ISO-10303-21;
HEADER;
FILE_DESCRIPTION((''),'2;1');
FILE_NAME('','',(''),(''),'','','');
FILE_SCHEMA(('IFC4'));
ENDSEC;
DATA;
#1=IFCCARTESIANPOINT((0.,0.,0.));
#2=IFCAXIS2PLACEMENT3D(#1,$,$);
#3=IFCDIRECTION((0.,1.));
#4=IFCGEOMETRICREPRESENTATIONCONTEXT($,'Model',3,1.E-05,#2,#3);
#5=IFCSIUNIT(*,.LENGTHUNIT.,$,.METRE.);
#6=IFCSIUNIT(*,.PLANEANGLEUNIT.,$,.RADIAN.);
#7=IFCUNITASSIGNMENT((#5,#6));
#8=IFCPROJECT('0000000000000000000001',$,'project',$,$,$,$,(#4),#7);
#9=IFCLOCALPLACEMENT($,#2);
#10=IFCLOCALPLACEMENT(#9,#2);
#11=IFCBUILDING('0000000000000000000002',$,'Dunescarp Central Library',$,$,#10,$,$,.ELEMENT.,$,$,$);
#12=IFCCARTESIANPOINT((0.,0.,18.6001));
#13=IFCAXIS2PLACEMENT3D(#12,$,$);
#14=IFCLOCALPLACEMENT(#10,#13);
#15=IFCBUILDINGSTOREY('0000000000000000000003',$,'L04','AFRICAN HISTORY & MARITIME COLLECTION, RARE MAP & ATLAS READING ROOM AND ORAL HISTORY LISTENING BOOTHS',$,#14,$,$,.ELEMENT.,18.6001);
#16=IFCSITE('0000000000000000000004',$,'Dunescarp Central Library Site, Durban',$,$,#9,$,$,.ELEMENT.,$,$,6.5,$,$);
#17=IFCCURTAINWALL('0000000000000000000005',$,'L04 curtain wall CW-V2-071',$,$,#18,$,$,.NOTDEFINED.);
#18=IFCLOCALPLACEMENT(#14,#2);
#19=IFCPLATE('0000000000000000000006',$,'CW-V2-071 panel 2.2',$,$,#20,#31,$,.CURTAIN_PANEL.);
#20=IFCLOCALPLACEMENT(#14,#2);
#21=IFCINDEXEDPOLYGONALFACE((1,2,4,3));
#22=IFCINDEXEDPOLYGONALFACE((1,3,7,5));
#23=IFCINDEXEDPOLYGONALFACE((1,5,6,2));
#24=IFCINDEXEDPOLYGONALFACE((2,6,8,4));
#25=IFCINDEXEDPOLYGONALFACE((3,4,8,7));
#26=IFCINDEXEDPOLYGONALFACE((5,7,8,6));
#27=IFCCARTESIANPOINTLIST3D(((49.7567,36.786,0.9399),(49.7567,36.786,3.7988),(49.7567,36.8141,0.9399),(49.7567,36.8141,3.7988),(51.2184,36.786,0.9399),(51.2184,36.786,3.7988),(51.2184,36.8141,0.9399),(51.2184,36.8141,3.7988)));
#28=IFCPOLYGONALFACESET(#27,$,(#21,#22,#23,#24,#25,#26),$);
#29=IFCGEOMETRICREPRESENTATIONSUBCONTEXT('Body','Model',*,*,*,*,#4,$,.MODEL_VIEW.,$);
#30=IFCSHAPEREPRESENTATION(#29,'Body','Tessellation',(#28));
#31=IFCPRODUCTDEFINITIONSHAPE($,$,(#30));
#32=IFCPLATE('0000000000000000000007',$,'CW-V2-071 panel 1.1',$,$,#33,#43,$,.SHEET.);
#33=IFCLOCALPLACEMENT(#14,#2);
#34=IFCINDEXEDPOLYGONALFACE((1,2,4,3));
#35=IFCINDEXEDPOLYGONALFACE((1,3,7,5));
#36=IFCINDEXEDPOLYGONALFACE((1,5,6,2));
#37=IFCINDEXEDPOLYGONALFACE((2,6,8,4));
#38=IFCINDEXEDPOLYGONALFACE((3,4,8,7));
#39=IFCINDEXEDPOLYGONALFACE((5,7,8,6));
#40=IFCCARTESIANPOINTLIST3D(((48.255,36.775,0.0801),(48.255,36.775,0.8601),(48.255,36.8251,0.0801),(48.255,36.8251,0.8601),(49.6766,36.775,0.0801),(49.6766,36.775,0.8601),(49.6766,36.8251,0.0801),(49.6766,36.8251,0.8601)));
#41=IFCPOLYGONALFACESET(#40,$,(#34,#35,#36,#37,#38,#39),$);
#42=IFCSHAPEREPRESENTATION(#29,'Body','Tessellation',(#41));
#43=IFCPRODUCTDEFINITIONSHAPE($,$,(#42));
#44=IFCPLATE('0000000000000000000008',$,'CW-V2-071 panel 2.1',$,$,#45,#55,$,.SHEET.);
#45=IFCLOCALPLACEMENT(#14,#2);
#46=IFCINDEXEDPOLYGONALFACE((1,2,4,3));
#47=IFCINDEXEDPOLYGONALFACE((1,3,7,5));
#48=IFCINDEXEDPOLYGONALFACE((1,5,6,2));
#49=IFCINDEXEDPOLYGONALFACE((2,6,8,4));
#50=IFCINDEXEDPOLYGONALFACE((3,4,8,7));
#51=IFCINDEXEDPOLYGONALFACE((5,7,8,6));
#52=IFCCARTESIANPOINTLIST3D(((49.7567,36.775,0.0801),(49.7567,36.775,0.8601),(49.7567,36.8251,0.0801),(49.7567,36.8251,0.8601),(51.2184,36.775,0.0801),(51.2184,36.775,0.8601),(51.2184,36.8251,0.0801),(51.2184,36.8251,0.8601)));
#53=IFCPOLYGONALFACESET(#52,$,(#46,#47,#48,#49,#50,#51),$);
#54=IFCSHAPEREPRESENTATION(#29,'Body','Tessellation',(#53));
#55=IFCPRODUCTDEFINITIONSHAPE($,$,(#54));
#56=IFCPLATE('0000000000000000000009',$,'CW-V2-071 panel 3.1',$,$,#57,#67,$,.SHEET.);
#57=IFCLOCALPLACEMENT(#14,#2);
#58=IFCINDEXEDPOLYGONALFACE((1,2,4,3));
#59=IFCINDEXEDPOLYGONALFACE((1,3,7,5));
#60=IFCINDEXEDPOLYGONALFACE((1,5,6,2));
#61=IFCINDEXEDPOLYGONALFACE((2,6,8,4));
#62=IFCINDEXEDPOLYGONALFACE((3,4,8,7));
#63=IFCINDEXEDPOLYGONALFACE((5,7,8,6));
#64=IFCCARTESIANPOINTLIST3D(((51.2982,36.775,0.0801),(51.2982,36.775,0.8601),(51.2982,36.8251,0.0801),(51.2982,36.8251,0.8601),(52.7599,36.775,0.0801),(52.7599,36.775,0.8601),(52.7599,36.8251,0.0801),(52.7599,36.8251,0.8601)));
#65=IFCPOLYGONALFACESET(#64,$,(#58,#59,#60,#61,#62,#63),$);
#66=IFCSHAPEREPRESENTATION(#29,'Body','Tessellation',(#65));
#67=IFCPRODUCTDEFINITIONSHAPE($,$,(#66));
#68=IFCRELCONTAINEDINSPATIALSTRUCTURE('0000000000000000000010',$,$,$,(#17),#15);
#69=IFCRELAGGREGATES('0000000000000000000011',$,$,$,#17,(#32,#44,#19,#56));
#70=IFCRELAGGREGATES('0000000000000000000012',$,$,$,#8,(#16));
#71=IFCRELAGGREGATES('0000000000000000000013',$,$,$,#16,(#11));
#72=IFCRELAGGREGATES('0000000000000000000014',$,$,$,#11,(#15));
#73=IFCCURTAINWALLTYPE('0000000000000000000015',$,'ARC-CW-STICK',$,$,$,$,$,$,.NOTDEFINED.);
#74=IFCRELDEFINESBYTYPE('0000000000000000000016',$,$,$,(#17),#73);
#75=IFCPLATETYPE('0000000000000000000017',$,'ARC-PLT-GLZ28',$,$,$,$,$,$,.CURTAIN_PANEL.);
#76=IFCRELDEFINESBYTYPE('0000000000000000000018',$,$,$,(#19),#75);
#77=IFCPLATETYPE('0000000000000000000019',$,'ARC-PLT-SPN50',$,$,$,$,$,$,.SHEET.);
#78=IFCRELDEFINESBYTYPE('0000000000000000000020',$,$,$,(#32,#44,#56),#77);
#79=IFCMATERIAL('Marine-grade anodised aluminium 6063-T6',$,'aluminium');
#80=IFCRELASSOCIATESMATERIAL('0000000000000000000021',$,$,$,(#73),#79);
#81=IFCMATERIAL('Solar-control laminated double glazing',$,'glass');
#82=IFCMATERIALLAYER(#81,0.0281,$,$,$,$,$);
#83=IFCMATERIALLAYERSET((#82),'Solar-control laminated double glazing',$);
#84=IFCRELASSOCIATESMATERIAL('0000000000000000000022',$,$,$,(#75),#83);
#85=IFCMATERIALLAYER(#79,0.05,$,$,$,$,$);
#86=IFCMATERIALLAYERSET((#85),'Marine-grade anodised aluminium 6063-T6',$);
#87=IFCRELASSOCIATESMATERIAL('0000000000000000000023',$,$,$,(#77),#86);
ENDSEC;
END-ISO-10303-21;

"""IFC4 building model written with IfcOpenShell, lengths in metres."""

from ifc_helpers import new_model, si_unit, direction, frame, origin, origin_2d, place, context, subcontext, project, spatial, rectangle, extrude, material, layer, layer_set, type_object, element, aggregate, save


model = new_model("IFC4")

# Units and contexts
model_context = context("Model", 3, precision=1e-05, world=origin(), true_north=direction((0.0, 1.0)))
body_context = subcontext(model_context, "Body", "Model", "MODEL_VIEW")
ifc_project = project(units=[si_unit("LENGTHUNIT", "METRE"), si_unit("PLANEANGLEUNIT", "RADIAN")], contexts=[model_context])

# Site, building, storey
site_placement = place(None, origin())
site = spatial("IfcSite", under=ifc_project, at=site_placement, Name="Dunescarp Central Library Site, Durban", CompositionType="ELEMENT", RefElevation=6.5)
building_placement = place(site_placement, origin())
building = spatial("IfcBuilding", under=site, at=building_placement, Name="Dunescarp Central Library", CompositionType="ELEMENT")
storey_placement = place(building_placement, frame((0.0, 0.0, 18.6001)))
storey = spatial("IfcBuildingStorey", under=building, at=storey_placement, Name="L04", Description="AFRICAN HISTORY & MARITIME COLLECTION, RARE MAP & ATLAS READING ROOM AND ORAL HISTORY LISTENING BOOTHS", CompositionType="ELEMENT", Elevation=18.6001)

# Curtain wall
ifc_material_1 = material(Name="Marine-grade anodised aluminium 6063-T6", Category="aluminium")
curtain_wall_type = type_object("IfcCurtainWallType", Name="ARC-CW-STICK", PredefinedType="NOTDEFINED", material=ifc_material_1)
curtain_wall_placement = place(storey_placement, origin())
curtain_wall = element("IfcCurtainWall", 1, at=curtain_wall_placement, inside=storey, type_object=curtain_wall_type, Name="L04 curtain wall CW-V2-071", PredefinedType="NOTDEFINED")

# Plates
ifc_material_2 = material(Name="Solar-control laminated double glazing", Category="glass")
ifc_layer_1 = layer(ifc_material_2, 0.0281)
ifc_layer_set_1 = layer_set([ifc_layer_1], Name="Solar-control laminated double glazing")
plate_type_1 = type_object("IfcPlateType", Name="ARC-PLT-GLZ28", PredefinedType="CURTAIN_PANEL", material=ifc_layer_set_1)
plate_1_placement = place(storey_placement, frame((50.4875, 36.8, 0.9399), z_axis=(0.0, 0.0, 1.0), x_axis=(1.0, 0.0, 0.0)))
plate_1 = element("IfcPlate", 2, at=plate_1_placement, type_object=plate_type_1, Name="CW-V2-071 panel 2.2", PredefinedType="CURTAIN_PANEL", context=body_context, shape_type="SweptSolid", body=[
    extrude(rectangle(XDim=1.4617, YDim=0.0281, at=origin_2d()), origin(), (0.0, 0.0, 1.0), 2.8589),
])
ifc_layer_2 = layer(ifc_material_1, 0.05)
ifc_layer_set_2 = layer_set([ifc_layer_2], Name="Marine-grade anodised aluminium 6063-T6")
plate_type_2 = type_object("IfcPlateType", Name="ARC-PLT-SPN50", PredefinedType="SHEET", material=ifc_layer_set_2)
plate_2_placement = place(storey_placement, frame((48.9658, 36.8, 0.0801), z_axis=(0.0, 0.0, 1.0), x_axis=(1.0, 0.0, 0.0)))
plate_2 = element("IfcPlate", 3, at=plate_2_placement, type_object=plate_type_2, Name="CW-V2-071 panel 1.1", PredefinedType="SHEET", context=body_context, shape_type="SweptSolid", body=[
    extrude(rectangle(XDim=1.4216, YDim=0.05, at=origin_2d()), origin(), (0.0, 0.0, 1.0), 0.78),
])
plate_3_placement = place(storey_placement, frame((50.4875, 36.8, 0.0801), z_axis=(0.0, 0.0, 1.0), x_axis=(1.0, 0.0, 0.0)))
plate_3 = element("IfcPlate", 4, at=plate_3_placement, type_object=plate_type_2, Name="CW-V2-071 panel 2.1", PredefinedType="SHEET", context=body_context, shape_type="SweptSolid", body=[
    extrude(rectangle(XDim=1.4617, YDim=0.05, at=origin_2d()), origin(), (0.0, 0.0, 1.0), 0.78),
])
plate_4_placement = place(storey_placement, frame((52.0291, 36.8, 0.0801), z_axis=(0.0, 0.0, 1.0), x_axis=(1.0, 0.0, 0.0)))
plate_4 = element("IfcPlate", 5, at=plate_4_placement, type_object=plate_type_2, Name="CW-V2-071 panel 3.1", PredefinedType="SHEET", context=body_context, shape_type="SweptSolid", body=[
    extrude(rectangle(XDim=1.4617, YDim=0.05, at=origin_2d()), origin(), (0.0, 0.0, 1.0), 0.78),
])
aggregate(curtain_wall, [plate_2, plate_3, plate_1, plate_4])

save(model, "model.ifc")
